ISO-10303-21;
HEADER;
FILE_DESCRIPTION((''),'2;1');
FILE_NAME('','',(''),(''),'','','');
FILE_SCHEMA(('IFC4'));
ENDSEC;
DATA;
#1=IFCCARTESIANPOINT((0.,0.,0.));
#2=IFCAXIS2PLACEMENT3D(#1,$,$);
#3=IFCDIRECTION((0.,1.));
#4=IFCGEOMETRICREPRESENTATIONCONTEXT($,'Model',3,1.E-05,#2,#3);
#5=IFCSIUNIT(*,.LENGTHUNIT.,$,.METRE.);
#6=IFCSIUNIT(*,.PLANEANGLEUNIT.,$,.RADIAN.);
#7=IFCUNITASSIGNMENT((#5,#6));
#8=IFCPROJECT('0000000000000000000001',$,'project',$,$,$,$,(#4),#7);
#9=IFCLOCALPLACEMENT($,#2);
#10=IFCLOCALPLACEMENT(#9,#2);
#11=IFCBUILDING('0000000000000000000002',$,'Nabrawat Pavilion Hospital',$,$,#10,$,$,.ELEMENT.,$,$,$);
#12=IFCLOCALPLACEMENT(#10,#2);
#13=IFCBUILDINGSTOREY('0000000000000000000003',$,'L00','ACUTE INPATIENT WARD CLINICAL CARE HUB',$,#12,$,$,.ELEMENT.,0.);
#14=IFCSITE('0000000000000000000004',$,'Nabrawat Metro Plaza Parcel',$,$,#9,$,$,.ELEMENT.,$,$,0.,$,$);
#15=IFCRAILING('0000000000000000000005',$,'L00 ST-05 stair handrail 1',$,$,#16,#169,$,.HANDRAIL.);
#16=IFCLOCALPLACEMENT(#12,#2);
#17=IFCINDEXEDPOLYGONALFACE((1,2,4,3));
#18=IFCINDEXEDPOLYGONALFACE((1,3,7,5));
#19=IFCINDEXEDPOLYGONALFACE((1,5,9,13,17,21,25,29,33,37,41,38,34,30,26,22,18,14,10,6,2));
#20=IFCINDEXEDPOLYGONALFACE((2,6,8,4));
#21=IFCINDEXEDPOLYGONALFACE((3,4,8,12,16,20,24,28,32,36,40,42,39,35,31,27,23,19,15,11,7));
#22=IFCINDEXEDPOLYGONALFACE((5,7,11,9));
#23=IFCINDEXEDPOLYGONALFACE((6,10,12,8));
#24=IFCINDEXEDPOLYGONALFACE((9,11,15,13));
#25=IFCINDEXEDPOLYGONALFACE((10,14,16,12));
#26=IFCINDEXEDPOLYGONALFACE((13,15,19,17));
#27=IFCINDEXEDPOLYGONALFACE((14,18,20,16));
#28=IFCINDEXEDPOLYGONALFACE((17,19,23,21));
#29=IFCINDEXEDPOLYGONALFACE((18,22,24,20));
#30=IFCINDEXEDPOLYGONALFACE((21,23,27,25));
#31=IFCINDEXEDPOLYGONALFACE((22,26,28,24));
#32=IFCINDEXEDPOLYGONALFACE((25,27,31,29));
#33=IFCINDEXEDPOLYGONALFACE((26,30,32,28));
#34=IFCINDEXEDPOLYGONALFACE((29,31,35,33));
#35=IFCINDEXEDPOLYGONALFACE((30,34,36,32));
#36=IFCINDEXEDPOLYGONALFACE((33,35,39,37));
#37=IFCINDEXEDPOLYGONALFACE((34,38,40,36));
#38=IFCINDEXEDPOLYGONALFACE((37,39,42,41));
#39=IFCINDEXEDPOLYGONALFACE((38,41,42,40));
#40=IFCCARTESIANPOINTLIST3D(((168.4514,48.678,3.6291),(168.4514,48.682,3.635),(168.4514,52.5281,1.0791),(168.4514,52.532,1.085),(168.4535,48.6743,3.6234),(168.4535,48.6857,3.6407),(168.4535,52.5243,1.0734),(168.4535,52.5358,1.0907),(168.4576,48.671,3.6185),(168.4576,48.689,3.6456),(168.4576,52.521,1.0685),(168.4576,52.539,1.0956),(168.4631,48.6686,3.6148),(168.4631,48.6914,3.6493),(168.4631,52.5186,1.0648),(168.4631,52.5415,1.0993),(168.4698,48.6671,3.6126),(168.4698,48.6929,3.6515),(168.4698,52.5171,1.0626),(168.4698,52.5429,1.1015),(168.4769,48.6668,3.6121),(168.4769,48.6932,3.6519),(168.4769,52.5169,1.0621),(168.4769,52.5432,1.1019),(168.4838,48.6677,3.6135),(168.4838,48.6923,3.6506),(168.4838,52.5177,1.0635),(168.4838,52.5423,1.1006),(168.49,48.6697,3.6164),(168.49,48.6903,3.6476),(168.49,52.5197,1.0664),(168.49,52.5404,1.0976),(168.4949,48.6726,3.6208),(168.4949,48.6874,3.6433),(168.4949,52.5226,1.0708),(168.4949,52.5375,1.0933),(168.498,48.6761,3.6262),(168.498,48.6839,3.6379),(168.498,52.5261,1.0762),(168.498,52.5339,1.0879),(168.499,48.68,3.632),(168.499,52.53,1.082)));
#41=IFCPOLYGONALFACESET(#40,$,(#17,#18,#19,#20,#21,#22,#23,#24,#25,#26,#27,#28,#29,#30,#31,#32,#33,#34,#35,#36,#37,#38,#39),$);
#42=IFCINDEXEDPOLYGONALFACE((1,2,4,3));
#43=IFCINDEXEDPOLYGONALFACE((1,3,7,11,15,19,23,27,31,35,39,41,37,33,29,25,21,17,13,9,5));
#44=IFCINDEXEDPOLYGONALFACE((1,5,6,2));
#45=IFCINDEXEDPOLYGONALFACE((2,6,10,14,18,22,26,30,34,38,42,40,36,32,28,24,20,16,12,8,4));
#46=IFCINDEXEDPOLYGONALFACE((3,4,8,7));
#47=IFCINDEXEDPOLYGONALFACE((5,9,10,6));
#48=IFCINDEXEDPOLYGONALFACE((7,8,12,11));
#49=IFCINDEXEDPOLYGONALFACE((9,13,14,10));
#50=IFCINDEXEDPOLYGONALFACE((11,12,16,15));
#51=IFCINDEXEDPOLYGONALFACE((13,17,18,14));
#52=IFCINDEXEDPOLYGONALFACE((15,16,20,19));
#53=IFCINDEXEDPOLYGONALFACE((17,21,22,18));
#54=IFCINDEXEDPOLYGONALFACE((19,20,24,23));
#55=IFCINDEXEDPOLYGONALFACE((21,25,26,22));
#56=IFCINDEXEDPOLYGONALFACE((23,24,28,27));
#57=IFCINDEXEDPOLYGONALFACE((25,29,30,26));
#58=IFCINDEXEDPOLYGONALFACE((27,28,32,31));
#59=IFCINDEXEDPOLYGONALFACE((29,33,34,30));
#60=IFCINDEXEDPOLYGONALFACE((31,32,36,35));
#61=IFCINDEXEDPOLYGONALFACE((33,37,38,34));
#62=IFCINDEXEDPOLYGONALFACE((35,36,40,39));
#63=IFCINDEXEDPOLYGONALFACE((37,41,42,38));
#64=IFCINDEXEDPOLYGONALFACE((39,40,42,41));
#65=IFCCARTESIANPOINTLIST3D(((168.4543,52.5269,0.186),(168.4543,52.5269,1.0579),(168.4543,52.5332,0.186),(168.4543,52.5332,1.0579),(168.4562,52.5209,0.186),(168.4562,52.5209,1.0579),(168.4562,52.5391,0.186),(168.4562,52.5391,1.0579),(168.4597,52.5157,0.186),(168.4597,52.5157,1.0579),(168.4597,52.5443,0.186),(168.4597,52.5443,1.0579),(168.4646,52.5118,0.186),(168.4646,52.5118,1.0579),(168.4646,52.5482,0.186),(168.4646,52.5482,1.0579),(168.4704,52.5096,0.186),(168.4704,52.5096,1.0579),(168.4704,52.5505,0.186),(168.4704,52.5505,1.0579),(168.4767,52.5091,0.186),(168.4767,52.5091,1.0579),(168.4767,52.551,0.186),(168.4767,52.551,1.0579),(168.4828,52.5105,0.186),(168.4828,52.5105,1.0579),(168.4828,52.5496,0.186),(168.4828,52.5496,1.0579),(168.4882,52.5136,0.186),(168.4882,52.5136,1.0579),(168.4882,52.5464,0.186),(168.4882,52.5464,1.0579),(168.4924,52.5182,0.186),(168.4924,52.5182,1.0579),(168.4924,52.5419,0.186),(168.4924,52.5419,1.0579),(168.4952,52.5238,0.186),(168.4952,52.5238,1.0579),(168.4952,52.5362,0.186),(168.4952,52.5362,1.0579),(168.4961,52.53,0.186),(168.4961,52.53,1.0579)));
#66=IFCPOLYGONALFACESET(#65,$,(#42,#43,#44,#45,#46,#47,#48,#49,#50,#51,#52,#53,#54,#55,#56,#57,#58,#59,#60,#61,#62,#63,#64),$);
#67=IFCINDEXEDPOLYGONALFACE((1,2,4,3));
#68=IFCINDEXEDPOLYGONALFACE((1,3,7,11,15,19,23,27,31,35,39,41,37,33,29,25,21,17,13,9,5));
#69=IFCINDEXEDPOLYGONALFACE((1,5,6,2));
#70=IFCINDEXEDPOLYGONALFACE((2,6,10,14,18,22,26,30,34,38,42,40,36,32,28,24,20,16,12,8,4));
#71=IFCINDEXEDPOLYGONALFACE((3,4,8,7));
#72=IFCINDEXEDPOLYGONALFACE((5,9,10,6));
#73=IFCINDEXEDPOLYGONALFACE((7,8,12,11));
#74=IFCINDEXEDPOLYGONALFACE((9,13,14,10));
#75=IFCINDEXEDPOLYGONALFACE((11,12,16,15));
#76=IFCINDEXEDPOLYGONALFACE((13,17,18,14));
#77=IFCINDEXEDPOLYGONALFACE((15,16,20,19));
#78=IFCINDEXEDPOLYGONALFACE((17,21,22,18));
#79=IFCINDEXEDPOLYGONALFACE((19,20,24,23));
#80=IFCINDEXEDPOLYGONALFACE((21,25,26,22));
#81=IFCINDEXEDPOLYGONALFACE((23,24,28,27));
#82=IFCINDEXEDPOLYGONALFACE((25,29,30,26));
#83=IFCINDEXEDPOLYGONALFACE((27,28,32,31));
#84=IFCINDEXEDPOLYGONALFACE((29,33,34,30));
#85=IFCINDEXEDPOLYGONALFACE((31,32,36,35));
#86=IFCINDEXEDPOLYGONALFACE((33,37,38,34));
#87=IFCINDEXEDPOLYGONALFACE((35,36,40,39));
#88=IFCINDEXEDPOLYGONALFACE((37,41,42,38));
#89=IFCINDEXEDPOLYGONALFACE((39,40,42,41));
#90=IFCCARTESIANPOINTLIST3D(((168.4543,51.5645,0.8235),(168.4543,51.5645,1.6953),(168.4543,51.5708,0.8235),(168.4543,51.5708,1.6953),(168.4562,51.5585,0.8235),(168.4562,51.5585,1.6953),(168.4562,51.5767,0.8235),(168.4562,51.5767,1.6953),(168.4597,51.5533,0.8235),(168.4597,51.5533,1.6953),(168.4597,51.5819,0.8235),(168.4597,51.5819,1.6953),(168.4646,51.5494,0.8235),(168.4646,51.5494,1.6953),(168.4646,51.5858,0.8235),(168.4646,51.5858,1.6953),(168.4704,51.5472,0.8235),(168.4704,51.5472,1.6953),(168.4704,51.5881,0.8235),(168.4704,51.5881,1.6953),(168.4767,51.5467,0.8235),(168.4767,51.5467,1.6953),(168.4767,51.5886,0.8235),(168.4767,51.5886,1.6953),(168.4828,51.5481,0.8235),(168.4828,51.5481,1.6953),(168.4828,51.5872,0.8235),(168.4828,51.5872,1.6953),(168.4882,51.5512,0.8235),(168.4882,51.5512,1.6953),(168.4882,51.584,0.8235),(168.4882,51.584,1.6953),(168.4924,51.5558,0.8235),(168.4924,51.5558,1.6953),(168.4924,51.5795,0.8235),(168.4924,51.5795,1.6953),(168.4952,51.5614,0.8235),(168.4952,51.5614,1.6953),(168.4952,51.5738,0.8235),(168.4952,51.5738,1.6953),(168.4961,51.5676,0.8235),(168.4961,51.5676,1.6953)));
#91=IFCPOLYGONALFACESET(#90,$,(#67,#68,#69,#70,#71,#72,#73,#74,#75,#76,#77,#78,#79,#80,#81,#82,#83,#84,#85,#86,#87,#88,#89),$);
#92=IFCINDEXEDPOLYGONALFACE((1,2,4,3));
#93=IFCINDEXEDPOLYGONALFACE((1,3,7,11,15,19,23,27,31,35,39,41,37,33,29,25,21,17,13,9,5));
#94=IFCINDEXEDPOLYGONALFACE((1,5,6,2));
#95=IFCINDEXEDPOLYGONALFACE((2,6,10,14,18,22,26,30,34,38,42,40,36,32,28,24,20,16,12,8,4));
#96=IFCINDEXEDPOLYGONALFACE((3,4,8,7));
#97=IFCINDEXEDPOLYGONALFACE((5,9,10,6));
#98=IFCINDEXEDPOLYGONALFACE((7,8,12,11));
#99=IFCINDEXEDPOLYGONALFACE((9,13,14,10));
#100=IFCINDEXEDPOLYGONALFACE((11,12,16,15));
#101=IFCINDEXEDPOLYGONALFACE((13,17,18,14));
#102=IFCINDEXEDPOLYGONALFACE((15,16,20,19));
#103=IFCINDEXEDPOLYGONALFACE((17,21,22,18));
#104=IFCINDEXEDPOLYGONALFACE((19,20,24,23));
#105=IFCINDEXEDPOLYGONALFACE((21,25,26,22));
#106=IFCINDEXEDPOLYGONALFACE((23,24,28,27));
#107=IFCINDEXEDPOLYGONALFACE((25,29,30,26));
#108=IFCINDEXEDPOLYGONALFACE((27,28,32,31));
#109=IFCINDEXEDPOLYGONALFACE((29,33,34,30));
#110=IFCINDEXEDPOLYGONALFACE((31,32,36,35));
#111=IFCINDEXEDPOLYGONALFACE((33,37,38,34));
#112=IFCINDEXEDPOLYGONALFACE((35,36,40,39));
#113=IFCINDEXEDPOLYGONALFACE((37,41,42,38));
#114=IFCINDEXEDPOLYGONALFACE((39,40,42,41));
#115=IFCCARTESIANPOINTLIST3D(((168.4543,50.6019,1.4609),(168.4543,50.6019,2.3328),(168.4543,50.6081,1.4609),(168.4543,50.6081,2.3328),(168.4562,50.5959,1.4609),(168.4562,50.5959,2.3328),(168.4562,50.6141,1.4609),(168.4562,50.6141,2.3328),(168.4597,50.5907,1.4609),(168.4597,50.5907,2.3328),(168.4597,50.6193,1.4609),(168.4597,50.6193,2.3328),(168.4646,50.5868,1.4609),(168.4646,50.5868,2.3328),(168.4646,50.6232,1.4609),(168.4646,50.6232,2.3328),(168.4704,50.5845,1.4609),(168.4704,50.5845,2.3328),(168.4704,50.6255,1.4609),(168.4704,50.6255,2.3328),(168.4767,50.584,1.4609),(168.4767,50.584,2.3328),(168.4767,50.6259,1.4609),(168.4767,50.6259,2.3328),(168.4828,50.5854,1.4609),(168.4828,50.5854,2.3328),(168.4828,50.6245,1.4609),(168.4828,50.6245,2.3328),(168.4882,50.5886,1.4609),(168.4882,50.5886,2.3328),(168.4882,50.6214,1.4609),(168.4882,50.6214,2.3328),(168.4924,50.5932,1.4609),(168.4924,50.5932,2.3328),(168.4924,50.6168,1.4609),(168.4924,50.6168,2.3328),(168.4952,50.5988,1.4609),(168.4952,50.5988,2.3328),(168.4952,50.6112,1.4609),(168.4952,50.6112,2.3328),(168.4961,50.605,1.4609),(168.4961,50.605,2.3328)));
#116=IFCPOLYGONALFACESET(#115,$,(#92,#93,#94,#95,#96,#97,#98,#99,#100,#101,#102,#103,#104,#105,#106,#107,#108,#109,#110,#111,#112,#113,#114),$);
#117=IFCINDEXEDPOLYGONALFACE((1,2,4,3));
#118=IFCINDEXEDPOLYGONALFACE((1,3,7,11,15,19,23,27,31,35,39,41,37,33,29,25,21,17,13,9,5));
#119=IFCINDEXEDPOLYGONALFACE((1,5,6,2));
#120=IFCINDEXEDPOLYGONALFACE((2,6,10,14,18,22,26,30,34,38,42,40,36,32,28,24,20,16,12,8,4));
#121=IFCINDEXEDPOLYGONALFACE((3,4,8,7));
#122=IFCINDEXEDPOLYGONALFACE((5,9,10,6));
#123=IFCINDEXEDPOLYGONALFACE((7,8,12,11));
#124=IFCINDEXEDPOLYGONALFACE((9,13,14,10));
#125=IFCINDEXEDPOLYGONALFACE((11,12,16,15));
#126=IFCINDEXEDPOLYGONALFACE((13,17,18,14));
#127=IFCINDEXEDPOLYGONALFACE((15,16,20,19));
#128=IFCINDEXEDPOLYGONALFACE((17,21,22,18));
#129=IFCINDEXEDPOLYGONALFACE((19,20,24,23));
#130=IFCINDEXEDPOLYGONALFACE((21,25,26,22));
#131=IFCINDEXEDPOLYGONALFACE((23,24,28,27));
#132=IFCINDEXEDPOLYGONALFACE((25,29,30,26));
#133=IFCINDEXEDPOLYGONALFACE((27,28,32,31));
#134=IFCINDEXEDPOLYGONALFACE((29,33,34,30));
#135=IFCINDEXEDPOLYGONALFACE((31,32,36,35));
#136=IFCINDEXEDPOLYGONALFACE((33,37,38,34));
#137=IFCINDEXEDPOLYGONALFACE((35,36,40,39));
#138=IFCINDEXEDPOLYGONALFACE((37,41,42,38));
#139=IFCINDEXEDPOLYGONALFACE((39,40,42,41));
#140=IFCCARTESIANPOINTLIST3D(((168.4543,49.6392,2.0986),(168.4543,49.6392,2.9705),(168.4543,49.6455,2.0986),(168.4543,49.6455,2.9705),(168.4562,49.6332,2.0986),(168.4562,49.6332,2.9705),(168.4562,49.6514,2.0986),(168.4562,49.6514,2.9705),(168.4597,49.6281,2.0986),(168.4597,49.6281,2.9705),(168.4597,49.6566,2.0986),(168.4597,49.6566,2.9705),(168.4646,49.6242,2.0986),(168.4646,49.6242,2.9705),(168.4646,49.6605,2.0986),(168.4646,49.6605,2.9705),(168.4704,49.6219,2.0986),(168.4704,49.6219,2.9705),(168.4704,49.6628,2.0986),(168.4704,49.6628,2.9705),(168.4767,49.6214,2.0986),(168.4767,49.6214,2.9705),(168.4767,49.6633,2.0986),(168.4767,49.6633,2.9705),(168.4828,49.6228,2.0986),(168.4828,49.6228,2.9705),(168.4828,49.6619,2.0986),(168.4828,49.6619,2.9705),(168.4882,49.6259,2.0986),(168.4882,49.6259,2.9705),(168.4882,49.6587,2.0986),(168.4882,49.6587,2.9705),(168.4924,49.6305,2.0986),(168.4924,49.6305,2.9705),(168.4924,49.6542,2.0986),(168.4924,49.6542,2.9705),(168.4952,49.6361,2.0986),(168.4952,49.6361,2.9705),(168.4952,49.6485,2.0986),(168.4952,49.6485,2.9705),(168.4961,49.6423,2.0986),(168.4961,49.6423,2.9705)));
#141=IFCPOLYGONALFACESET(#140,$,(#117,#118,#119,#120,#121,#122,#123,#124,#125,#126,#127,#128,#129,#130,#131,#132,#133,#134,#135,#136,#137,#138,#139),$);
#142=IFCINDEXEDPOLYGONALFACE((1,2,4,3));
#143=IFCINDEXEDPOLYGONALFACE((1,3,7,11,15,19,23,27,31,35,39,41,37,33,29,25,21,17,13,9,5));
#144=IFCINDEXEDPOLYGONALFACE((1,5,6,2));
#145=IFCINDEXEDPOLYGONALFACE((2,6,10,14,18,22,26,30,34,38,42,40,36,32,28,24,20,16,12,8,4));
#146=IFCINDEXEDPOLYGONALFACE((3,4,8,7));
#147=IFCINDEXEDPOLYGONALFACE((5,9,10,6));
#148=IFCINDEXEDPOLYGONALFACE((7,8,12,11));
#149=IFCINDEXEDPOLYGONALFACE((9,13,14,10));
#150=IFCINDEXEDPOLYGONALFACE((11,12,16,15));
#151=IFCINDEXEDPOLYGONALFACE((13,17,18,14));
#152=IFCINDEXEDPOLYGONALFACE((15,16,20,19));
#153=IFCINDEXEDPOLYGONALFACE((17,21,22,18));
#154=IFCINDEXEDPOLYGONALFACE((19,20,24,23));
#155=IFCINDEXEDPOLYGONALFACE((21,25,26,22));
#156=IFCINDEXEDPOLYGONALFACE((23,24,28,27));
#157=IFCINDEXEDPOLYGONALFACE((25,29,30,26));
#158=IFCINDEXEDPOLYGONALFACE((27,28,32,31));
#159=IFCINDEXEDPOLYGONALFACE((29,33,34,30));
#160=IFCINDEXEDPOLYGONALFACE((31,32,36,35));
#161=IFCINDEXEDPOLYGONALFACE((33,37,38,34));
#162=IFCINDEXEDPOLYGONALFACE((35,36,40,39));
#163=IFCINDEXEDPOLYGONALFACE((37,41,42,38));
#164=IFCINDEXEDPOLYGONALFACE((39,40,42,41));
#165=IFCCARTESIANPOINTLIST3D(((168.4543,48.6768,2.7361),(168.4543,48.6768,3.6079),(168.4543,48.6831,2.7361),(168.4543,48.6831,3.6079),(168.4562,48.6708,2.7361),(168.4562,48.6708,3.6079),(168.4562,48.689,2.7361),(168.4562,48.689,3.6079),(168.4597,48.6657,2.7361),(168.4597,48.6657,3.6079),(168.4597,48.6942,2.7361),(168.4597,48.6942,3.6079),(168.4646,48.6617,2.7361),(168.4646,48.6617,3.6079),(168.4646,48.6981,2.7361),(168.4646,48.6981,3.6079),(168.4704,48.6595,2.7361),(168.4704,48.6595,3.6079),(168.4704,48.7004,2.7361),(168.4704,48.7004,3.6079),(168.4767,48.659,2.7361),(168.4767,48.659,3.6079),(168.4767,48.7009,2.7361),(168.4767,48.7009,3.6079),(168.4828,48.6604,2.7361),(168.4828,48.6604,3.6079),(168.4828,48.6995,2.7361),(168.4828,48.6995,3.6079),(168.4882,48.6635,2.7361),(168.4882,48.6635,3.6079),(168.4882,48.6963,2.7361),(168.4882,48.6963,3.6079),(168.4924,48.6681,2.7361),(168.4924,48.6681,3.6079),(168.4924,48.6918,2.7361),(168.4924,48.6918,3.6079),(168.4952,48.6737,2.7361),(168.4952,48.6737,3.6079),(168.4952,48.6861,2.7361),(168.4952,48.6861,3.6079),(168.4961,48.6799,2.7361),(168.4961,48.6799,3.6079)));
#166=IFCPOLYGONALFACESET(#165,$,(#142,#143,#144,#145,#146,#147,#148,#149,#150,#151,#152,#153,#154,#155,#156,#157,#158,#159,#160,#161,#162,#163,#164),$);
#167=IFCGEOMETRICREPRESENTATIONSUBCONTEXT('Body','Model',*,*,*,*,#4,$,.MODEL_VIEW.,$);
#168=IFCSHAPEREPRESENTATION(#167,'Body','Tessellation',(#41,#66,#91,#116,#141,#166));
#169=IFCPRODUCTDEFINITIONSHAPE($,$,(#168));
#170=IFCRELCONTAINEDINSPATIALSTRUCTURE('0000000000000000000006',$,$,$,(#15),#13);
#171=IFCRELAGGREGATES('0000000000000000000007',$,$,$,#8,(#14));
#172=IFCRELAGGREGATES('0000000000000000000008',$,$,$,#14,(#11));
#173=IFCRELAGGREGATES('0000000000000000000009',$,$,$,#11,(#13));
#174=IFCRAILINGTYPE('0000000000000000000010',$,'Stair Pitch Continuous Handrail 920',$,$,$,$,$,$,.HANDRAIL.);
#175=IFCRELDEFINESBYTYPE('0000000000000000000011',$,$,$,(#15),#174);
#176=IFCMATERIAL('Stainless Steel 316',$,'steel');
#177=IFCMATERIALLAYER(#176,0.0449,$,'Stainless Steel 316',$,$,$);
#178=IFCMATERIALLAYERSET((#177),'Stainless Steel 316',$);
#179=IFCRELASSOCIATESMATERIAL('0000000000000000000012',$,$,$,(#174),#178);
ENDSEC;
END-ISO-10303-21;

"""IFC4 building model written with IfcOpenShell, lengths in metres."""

from ifc_helpers import new_model, si_unit, direction, frame, origin, origin_2d, place, context, subcontext, project, spatial, circle, extrude, material, layer, layer_set, type_object, element, save


model = new_model("IFC4")

# Units and contexts
model_context = context("Model", 3, precision=1e-05, world=origin(), true_north=direction((0.0, 1.0)))
body_context = subcontext(model_context, "Body", "Model", "MODEL_VIEW")
ifc_project = project(units=[si_unit("LENGTHUNIT", "METRE"), si_unit("PLANEANGLEUNIT", "RADIAN")], contexts=[model_context])

# Site, building, storey
site_placement = place(None, origin())
site = spatial("IfcSite", under=ifc_project, at=site_placement, Name="Nabrawat Metro Plaza Parcel", CompositionType="ELEMENT", RefElevation=0.0)
building_placement = place(site_placement, origin())
building = spatial("IfcBuilding", under=site, at=building_placement, Name="Nabrawat Pavilion Hospital", CompositionType="ELEMENT")
storey_placement = place(building_placement, origin())
storey = spatial("IfcBuildingStorey", under=building, at=storey_placement, Name="L00", Description="ACUTE INPATIENT WARD CLINICAL CARE HUB", CompositionType="ELEMENT", Elevation=0.0)

# Railing
ifc_material_1 = material(Name="Stainless Steel 316", Category="steel")
ifc_layer_1 = layer(ifc_material_1, 0.0449, Name="Stainless Steel 316")
ifc_layer_set_1 = layer_set([ifc_layer_1], Name="Stainless Steel 316")
railing_type_1 = type_object("IfcRailingType", Name="Stair Pitch Continuous Handrail 920", PredefinedType="HANDRAIL", material=ifc_layer_set_1)
railing_1_placement = place(storey_placement, frame((168.4751, 52.53, 0.186)))
element("IfcRailing", 1, at=railing_1_placement, inside=storey, type_object=railing_type_1, Name="L00 ST-05 stair handrail 1", PredefinedType="HANDRAIL", context=body_context, shape_type="SweptSolid", body=[
    extrude(circle(Radius=0.0239, at=origin_2d()), frame((0.0, 0.0, 0.896), z_axis=(0.0, -0.833714, 0.552197), x_axis=(1.0, 0.0, 0.0)), (0.0, 0.0, 1.0), 4.6179),
    extrude(circle(Radius=0.021, at=origin_2d()), origin(), (0.0, 0.0, 1.0), 0.8718),
    extrude(circle(Radius=0.021, at=origin_2d()), frame((0.0, -0.9624, 0.6375)), (0.0, 0.0, 1.0), 0.8718),
    extrude(circle(Radius=0.021, at=origin_2d()), frame((0.0, -1.925, 1.2749)), (0.0, 0.0, 1.0), 0.8718),
    extrude(circle(Radius=0.021, at=origin_2d()), frame((0.0, -2.8877, 1.9126)), (0.0, 0.0, 1.0), 0.8718),
    extrude(circle(Radius=0.021, at=origin_2d()), frame((0.0, -3.8501, 2.55)), (0.0, 0.0, 1.0), 0.8718),
])

save(model, "model.ifc")
